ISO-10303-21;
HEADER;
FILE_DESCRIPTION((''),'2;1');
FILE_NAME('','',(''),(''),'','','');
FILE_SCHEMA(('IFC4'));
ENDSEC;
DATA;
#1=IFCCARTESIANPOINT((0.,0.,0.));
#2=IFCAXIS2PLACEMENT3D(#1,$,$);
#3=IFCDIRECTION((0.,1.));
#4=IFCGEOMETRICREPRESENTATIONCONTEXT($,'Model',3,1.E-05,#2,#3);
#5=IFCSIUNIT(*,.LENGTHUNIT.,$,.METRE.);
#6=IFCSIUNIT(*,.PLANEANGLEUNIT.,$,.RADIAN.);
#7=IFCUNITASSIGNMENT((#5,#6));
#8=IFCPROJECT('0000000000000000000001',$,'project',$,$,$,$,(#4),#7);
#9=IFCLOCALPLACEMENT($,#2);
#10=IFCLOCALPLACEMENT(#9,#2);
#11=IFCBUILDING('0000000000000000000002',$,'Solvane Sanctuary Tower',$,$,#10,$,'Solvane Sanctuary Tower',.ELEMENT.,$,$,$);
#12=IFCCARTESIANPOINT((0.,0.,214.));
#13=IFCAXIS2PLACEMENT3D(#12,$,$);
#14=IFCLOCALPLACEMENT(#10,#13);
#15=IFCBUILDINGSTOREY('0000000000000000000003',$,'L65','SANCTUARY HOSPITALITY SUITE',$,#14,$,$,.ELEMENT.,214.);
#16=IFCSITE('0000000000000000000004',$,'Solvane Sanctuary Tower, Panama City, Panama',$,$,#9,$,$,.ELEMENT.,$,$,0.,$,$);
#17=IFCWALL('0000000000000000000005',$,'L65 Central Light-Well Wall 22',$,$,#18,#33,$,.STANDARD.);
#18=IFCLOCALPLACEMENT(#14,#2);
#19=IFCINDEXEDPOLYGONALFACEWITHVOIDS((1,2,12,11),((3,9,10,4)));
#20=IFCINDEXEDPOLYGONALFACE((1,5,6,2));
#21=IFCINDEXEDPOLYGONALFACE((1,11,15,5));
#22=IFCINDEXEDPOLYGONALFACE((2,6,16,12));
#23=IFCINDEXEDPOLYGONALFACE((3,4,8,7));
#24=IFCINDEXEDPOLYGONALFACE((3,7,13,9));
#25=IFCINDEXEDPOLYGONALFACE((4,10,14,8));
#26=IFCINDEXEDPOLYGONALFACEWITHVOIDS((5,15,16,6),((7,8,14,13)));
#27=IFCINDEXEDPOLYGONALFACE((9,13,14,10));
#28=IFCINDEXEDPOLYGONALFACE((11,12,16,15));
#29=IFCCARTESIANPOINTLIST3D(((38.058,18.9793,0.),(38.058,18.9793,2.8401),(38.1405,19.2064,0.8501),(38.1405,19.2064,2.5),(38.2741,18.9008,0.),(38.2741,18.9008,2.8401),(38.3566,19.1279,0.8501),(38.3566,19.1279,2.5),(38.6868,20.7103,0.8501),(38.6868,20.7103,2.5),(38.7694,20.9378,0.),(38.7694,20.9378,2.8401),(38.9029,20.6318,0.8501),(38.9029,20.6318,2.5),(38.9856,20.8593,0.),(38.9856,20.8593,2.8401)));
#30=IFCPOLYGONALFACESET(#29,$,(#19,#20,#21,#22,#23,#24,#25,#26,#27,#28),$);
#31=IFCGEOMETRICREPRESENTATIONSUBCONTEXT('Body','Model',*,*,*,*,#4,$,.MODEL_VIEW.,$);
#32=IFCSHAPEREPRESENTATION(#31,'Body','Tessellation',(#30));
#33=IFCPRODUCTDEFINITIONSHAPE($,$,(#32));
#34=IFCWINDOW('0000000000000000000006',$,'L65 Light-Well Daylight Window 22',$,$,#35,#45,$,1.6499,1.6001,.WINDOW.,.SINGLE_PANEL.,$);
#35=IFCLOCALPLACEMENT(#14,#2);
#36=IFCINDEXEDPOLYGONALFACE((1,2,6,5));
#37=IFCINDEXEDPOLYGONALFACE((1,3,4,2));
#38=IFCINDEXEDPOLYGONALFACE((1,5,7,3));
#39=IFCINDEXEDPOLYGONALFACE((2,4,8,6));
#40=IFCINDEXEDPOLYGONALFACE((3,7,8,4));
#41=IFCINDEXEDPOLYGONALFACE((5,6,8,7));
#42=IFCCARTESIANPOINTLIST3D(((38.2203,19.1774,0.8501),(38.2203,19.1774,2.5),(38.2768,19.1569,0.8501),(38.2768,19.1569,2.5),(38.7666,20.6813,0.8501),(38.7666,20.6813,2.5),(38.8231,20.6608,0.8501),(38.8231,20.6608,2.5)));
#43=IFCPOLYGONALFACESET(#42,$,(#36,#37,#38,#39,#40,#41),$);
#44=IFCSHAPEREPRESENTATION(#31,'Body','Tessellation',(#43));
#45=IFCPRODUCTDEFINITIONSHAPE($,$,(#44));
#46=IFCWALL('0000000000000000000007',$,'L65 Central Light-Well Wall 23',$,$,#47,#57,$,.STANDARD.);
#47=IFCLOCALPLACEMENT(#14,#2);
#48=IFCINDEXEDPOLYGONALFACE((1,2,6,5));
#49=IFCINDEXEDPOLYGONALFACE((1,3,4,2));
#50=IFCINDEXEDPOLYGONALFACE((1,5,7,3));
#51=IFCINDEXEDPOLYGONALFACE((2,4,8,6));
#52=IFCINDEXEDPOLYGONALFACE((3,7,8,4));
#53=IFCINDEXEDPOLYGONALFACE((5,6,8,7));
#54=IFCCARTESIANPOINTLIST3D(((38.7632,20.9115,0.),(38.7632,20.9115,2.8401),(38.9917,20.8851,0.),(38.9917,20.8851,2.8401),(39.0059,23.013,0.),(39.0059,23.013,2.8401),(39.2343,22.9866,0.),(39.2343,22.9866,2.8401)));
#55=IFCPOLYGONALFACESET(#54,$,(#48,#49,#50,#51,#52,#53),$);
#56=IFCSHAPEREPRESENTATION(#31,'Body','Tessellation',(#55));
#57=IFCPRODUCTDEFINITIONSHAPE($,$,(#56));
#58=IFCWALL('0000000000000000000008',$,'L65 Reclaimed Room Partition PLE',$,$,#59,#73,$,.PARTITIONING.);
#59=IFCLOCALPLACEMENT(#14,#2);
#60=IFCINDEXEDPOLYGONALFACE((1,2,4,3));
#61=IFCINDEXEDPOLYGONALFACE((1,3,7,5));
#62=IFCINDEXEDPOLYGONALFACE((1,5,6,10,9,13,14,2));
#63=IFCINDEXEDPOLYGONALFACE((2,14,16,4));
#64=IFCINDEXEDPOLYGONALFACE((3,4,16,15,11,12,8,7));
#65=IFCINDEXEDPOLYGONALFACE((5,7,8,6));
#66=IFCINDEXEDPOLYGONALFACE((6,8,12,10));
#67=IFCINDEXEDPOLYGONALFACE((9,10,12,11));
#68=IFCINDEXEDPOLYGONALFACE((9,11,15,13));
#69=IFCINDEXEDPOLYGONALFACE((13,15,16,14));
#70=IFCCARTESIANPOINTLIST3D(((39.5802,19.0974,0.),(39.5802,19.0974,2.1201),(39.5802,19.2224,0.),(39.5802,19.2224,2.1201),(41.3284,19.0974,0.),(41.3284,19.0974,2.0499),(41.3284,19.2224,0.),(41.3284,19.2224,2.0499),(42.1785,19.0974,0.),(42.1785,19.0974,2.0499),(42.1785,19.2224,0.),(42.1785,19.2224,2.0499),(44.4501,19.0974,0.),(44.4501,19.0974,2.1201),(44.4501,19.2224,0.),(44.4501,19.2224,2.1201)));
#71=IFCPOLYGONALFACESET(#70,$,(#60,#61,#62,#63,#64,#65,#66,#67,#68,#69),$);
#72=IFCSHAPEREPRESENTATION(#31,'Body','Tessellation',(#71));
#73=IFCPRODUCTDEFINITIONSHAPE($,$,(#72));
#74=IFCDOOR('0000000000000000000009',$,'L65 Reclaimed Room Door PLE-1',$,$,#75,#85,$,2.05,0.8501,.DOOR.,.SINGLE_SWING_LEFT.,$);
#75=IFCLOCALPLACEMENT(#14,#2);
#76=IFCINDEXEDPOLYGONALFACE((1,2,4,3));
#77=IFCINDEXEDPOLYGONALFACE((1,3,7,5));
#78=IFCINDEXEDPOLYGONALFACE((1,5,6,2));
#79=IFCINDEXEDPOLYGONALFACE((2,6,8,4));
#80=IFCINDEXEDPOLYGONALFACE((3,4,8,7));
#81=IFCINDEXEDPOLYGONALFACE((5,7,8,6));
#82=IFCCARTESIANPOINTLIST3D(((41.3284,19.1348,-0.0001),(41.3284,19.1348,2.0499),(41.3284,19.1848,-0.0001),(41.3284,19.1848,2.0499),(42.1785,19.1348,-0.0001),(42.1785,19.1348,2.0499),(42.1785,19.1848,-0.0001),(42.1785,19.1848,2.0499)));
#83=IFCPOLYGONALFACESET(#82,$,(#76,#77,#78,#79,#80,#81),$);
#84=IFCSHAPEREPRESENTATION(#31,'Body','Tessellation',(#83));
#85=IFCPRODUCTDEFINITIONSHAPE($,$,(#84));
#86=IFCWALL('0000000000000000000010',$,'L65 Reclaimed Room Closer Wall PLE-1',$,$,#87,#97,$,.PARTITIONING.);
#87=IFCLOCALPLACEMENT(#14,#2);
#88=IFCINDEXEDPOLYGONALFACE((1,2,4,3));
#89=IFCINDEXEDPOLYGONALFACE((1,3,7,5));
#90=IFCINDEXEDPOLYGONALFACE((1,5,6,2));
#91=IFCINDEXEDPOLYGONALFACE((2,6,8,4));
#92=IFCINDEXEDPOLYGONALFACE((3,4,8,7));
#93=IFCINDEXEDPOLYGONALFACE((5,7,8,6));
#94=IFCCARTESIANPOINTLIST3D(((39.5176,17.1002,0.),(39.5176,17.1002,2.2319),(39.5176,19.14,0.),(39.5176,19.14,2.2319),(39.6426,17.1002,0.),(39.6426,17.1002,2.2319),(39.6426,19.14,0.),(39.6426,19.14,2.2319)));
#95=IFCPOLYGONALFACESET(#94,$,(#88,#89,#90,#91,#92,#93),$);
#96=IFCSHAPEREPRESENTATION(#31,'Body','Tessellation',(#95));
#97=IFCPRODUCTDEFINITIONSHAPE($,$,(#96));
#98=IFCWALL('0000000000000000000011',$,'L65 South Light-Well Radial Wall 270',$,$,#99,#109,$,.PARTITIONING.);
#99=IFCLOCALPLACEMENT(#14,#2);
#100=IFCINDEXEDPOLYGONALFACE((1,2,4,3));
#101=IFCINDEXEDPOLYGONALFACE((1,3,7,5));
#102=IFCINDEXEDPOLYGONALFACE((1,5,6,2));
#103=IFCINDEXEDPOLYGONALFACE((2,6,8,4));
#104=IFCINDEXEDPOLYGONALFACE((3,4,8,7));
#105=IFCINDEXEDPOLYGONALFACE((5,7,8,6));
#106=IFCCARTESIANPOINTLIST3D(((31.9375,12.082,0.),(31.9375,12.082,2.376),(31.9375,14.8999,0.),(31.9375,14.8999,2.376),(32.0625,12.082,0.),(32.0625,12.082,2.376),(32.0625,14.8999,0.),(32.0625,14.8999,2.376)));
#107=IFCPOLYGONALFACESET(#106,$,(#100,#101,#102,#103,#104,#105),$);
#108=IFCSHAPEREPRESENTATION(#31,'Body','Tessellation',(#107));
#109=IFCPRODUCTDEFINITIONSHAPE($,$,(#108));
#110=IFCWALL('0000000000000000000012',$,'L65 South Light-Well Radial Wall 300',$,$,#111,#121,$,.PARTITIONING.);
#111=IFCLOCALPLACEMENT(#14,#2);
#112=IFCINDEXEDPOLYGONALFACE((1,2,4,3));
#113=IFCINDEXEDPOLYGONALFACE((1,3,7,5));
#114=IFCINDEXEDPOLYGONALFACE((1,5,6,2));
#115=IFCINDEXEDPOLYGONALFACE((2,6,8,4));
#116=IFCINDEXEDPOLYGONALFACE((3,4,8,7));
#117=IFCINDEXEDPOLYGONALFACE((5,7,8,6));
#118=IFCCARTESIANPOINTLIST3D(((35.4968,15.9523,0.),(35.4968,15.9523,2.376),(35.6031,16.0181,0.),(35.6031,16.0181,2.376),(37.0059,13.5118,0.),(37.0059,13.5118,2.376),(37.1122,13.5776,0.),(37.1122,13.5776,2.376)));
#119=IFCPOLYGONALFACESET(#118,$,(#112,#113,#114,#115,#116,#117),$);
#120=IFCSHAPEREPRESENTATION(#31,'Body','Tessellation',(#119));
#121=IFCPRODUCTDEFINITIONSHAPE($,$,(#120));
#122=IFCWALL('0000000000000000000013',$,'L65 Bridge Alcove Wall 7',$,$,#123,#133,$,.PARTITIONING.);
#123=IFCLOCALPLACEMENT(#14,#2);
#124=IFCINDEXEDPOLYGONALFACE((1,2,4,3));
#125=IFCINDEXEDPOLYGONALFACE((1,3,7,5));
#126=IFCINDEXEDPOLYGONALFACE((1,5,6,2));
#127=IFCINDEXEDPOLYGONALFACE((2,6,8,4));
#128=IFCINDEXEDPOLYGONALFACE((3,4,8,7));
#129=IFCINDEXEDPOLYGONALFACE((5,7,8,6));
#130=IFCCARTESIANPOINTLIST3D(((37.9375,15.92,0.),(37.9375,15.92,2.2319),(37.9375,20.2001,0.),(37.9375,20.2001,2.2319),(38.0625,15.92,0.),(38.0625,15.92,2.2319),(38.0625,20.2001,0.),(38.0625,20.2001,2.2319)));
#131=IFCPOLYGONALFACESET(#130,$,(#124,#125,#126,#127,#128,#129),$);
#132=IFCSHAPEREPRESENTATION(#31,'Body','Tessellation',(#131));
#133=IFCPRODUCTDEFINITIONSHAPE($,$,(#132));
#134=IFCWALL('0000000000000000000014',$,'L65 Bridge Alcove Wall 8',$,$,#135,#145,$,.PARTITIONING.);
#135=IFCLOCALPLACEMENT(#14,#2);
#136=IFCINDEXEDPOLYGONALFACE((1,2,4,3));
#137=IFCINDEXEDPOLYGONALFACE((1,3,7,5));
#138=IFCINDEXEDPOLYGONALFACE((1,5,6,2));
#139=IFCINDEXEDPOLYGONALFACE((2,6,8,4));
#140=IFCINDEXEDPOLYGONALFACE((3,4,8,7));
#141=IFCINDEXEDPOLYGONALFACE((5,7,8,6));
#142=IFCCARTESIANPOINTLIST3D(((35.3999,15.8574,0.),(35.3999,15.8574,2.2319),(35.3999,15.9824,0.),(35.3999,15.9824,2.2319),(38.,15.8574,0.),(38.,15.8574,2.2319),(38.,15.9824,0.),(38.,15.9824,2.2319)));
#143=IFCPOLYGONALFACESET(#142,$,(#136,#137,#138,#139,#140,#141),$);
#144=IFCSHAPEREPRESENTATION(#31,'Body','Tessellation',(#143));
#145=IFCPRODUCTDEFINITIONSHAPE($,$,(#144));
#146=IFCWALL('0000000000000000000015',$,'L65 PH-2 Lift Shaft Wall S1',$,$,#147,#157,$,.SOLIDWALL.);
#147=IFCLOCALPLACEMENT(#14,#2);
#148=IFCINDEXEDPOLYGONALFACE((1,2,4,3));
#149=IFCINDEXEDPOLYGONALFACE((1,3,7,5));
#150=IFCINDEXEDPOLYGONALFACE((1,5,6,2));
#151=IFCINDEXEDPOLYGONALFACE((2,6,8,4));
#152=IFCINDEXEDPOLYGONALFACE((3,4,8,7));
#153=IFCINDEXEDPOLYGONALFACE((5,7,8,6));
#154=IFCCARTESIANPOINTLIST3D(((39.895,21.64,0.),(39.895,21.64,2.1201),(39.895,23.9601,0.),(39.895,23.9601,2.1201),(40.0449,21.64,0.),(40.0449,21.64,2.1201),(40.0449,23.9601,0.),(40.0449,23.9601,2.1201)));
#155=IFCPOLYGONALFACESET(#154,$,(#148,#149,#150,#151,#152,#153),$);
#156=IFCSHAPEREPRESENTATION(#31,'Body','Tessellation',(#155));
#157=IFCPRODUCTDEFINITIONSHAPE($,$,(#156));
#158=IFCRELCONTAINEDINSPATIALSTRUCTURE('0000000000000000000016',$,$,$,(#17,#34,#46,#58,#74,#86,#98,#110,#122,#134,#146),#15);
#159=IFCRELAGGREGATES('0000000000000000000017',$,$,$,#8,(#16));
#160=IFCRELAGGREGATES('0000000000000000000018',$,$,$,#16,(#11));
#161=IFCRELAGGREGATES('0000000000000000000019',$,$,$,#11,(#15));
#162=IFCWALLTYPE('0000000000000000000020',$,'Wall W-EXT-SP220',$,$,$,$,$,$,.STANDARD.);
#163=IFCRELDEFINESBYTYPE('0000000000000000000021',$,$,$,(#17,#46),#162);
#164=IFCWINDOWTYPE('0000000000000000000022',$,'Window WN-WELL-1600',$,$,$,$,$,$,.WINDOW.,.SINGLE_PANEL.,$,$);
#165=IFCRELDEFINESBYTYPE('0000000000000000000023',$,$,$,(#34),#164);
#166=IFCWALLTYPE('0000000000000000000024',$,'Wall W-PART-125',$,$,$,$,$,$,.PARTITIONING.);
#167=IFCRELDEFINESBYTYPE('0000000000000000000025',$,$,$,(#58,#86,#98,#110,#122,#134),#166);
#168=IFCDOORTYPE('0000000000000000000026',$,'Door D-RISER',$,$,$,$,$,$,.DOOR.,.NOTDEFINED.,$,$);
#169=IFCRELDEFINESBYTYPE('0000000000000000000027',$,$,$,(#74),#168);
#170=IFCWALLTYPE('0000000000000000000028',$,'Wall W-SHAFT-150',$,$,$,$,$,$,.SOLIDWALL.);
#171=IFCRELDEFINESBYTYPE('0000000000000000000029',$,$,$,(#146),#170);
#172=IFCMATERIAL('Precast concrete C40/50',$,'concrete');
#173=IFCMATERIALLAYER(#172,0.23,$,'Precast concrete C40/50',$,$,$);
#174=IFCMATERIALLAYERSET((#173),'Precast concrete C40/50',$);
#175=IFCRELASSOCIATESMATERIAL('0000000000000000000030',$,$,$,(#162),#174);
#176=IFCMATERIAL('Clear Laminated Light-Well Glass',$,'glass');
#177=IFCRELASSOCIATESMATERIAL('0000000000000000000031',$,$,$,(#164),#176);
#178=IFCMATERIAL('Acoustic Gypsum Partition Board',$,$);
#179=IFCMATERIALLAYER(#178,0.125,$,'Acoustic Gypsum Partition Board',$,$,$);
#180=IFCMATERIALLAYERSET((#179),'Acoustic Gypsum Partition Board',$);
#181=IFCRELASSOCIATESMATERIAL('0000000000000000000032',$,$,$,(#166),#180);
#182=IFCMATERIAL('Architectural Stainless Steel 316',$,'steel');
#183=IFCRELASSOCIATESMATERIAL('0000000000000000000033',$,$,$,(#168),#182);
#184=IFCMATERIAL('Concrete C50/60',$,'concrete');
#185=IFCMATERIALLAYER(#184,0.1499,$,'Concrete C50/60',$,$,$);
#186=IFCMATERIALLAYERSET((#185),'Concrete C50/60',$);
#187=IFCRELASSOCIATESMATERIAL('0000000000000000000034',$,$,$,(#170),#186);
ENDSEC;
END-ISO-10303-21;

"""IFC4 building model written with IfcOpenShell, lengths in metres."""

from ifc_helpers import new_model, si_unit, direction, frame, frame_2d, origin, place, context, subcontext, project, spatial, rectangle, extrude, material, layer, layer_set, type_object, element, fill, save


model = new_model("IFC4")

# Units and contexts
model_context = context("Model", 3, precision=1e-05, world=origin(), true_north=direction((0.0, 1.0)))
body_context = subcontext(model_context, "Body", "Model", "MODEL_VIEW")
ifc_project = project(units=[si_unit("LENGTHUNIT", "METRE"), si_unit("PLANEANGLEUNIT", "RADIAN")], contexts=[model_context])

# Site, building, storey
site_placement = place(None, origin())
site = spatial("IfcSite", under=ifc_project, at=site_placement, Name="Solvane Sanctuary Tower, Panama City, Panama", CompositionType="ELEMENT", RefElevation=0.0)
building_placement = place(site_placement, origin())
building = spatial("IfcBuilding", under=site, at=building_placement, Name="Solvane Sanctuary Tower", LongName="Solvane Sanctuary Tower", CompositionType="ELEMENT")
storey_placement = place(building_placement, frame((0.0, 0.0, 214.0)))
storey = spatial("IfcBuildingStorey", under=building, at=storey_placement, Name="L65", Description="SANCTUARY HOSPITALITY SUITE", CompositionType="ELEMENT", Elevation=214.0)

# Shared definitions
ifc_material_1 = material(Name="Concrete C50/60", Category="concrete")

# Shared definitions
ifc_material_2 = material(Name="Precast concrete C40/50", Category="concrete")
ifc_layer_1 = layer(ifc_material_2, 0.23, Name="Precast concrete C40/50")
ifc_layer_set_1 = layer_set([ifc_layer_1], Name="Precast concrete C40/50")
wall_type_1 = type_object("IfcWallType", Name="Wall W-EXT-SP220", PredefinedType="STANDARD", material=ifc_layer_set_1)

# Wall, opening, window
wall_1_placement = place(storey_placement, frame((38.166, 18.9399, 0.0), z_axis=(0.0, 0.0, 1.0), x_axis=(0.341423, 0.93991, 0.0)))
wall_1 = element("IfcWall", 1, at=wall_1_placement, inside=storey, type_object=wall_type_1, Name="L65 Central Light-Well Wall 22", PredefinedType="STANDARD", context=body_context, shape_type="SweptSolid", body=[
    extrude(rectangle(XDim=2.0837, YDim=0.23, at=frame_2d((1.042, 0.0))), origin(), (0.0, 0.0, 1.0), 2.8401),
])
opening_1_placement = place(wall_1_placement, frame((0.2417, 0.0, 0.8501)))
opening_1 = element("IfcOpeningElement", 2, at=opening_1_placement, cuts=wall_1, PredefinedType="OPENING", context=body_context, shape_type="SweptSolid", body=[
    extrude(rectangle(XDim=1.6001, YDim=1.6499, at=frame_2d((0.8, 0.825))), frame((0.0, 0.125, 0.0), z_axis=(0.0, -1.0, 0.0), x_axis=(1.0, 0.0, 0.0)), (0.0, 0.0, 1.0), 0.25),
])
ifc_material_3 = material(Name="Clear Laminated Light-Well Glass", Category="glass")
window_type = type_object("IfcWindowType", Name="Window WN-WELL-1600", PartitioningType="SINGLE_PANEL", PredefinedType="WINDOW", material=ifc_material_3)
window_placement = place(opening_1_placement, origin())
window = element("IfcWindow", 3, at=window_placement, inside=storey, type_object=window_type, Name="L65 Light-Well Daylight Window 22", OverallHeight=1.6499, OverallWidth=1.6001, PartitioningType="SINGLE_PANEL", PredefinedType="WINDOW", context=body_context, shape_type="SweptSolid", body=[
    extrude(rectangle(XDim=1.6001, YDim=1.6499, at=frame_2d((0.8, 0.825))), frame((0.0, 0.03, 0.0), z_axis=(0.0, -1.0, 0.0), x_axis=(1.0, 0.0, 0.0)), (0.0, 0.0, 1.0), 0.0601),
])
fill(opening_1, window)

# Wall
wall_2_placement = place(storey_placement, frame((38.8774, 20.8984, 0.0), z_axis=(0.0, 0.0, 1.0), x_axis=(0.114712, 0.993399, 0.0)))
element("IfcWall", 4, at=wall_2_placement, inside=storey, type_object=wall_type_1, Name="L65 Central Light-Well Wall 23", PredefinedType="STANDARD", context=body_context, shape_type="SweptSolid", body=[
    extrude(rectangle(XDim=2.1155, YDim=0.23, at=frame_2d((1.0576, 0.0))), origin(), (0.0, 0.0, 1.0), 2.8401),
])

# Wall, opening, door
ifc_material_4 = material(Name="Acoustic Gypsum Partition Board")
ifc_layer_2 = layer(ifc_material_4, 0.125, Name="Acoustic Gypsum Partition Board")
ifc_layer_set_2 = layer_set([ifc_layer_2], Name="Acoustic Gypsum Partition Board")
wall_type_2 = type_object("IfcWallType", Name="Wall W-PART-125", PredefinedType="PARTITIONING", material=ifc_layer_set_2)
wall_3_placement = place(storey_placement, frame((39.5801, 19.1599, 0.0), z_axis=(0.0, 0.0, 1.0), x_axis=(1.0, 0.0, 0.0)))
wall_3 = element("IfcWall", 5, at=wall_3_placement, inside=storey, type_object=wall_type_2, Name="L65 Reclaimed Room Partition PLE", PredefinedType="PARTITIONING", context=body_context, shape_type="SweptSolid", body=[
    extrude(rectangle(XDim=4.8699, YDim=0.125, at=frame_2d((2.4351, 0.0))), origin(), (0.0, 0.0, 1.0), 2.1201),
])
opening_2_placement = place(wall_3_placement, frame((1.7483, 0.0, 0.0)))
opening_2 = element("IfcOpeningElement", 6, at=opening_2_placement, cuts=wall_3, PredefinedType="OPENING", context=body_context, shape_type="SweptSolid", body=[
    extrude(rectangle(XDim=0.8501, YDim=2.05, at=frame_2d((0.425, 1.0249))), frame((0.0, 0.0725, 0.0), z_axis=(0.0, -1.0, 0.0), x_axis=(1.0, 0.0, 0.0)), (0.0, 0.0, 1.0), 0.145),
])
ifc_material_5 = material(Name="Architectural Stainless Steel 316", Category="steel")
door_type = type_object("IfcDoorType", Name="Door D-RISER", OperationType="NOTDEFINED", PredefinedType="DOOR", material=ifc_material_5)
door_placement = place(opening_2_placement, origin())
door = element("IfcDoor", 7, at=door_placement, inside=storey, type_object=door_type, Name="L65 Reclaimed Room Door PLE-1", OperationType="SINGLE_SWING_LEFT", OverallHeight=2.05, OverallWidth=0.8501, PredefinedType="DOOR", context=body_context, shape_type="SweptSolid", body=[
    extrude(rectangle(XDim=0.8501, YDim=2.05, at=frame_2d((0.425, 1.0249))), frame((0.0, 0.0249, 0.0), z_axis=(0.0, -1.0, 0.0), x_axis=(1.0, 0.0, 0.0)), (0.0, 0.0, 1.0), 0.05),
])
fill(opening_2, door)

# Walls
wall_4_placement = place(storey_placement, frame((39.5801, 17.1001, 0.0), z_axis=(0.0, 0.0, 1.0), x_axis=(0.0, 1.0, 0.0)))
element("IfcWall", 8, at=wall_4_placement, inside=storey, type_object=wall_type_2, Name="L65 Reclaimed Room Closer Wall PLE-1", PredefinedType="PARTITIONING", context=body_context, shape_type="SweptSolid", body=[
    extrude(rectangle(XDim=2.0398, YDim=0.125, at=frame_2d((1.02, 0.0))), origin(), (0.0, 0.0, 1.0), 2.2319),
])
wall_5_placement = place(storey_placement, frame((32.0, 14.8999, 0.0), z_axis=(0.0, 0.0, 1.0), x_axis=(0.0, -1.0, 0.0)))
element("IfcWall", 9, at=wall_5_placement, inside=storey, type_object=wall_type_2, Name="L65 South Light-Well Radial Wall 270", PredefinedType="PARTITIONING", context=body_context, shape_type="SweptSolid", body=[
    extrude(rectangle(XDim=2.8179, YDim=0.125, at=frame_2d((1.4089, 0.0))), origin(), (0.0, 0.0, 1.0), 2.376),
])
wall_6_placement = place(storey_placement, frame((35.55, 15.9851, 0.0), z_axis=(0.0, 0.0, 1.0), x_axis=(0.525924, -0.850532, 0.0)))
element("IfcWall", 10, at=wall_6_placement, inside=storey, type_object=wall_type_2, Name="L65 South Light-Well Radial Wall 300", PredefinedType="PARTITIONING", context=body_context, shape_type="SweptSolid", body=[
    extrude(rectangle(XDim=2.8694, YDim=0.125, at=frame_2d((1.4346, 0.0))), origin(), (0.0, 0.0, 1.0), 2.376),
])
wall_7_placement = place(storey_placement, frame((38.0, 15.9199, 0.0), z_axis=(0.0, 0.0, 1.0), x_axis=(0.0, 1.0, 0.0)))
element("IfcWall", 11, at=wall_7_placement, inside=storey, type_object=wall_type_2, Name="L65 Bridge Alcove Wall 7", PredefinedType="PARTITIONING", context=body_context, shape_type="SweptSolid", body=[
    extrude(rectangle(XDim=4.28, YDim=0.125, at=frame_2d((2.1401, 0.0))), origin(), (0.0, 0.0, 1.0), 2.2319),
])
wall_8_placement = place(storey_placement, frame((35.3999, 15.9199, 0.0), z_axis=(0.0, 0.0, 1.0), x_axis=(1.0, 0.0, 0.0)))
element("IfcWall", 12, at=wall_8_placement, inside=storey, type_object=wall_type_2, Name="L65 Bridge Alcove Wall 8", PredefinedType="PARTITIONING", context=body_context, shape_type="SweptSolid", body=[
    extrude(rectangle(XDim=2.6001, YDim=0.125, at=frame_2d((1.3, 0.0))), origin(), (0.0, 0.0, 1.0), 2.2319),
])
ifc_layer_3 = layer(ifc_material_1, 0.1499, Name="Concrete C50/60")
ifc_layer_set_3 = layer_set([ifc_layer_3], Name="Concrete C50/60")
wall_type_3 = type_object("IfcWallType", Name="Wall W-SHAFT-150", PredefinedType="SOLIDWALL", material=ifc_layer_set_3)
wall_9_placement = place(storey_placement, frame((39.97, 21.6399, 0.0), z_axis=(0.0, 0.0, 1.0), x_axis=(0.0, 1.0, 0.0)))
element("IfcWall", 13, at=wall_9_placement, inside=storey, type_object=wall_type_3, Name="L65 PH-2 Lift Shaft Wall S1", PredefinedType="SOLIDWALL", context=body_context, shape_type="SweptSolid", body=[
    extrude(rectangle(XDim=2.3201, YDim=0.1499, at=frame_2d((1.1602, 0.0))), origin(), (0.0, 0.0, 1.0), 2.1201),
])

save(model, "model.ifc")
